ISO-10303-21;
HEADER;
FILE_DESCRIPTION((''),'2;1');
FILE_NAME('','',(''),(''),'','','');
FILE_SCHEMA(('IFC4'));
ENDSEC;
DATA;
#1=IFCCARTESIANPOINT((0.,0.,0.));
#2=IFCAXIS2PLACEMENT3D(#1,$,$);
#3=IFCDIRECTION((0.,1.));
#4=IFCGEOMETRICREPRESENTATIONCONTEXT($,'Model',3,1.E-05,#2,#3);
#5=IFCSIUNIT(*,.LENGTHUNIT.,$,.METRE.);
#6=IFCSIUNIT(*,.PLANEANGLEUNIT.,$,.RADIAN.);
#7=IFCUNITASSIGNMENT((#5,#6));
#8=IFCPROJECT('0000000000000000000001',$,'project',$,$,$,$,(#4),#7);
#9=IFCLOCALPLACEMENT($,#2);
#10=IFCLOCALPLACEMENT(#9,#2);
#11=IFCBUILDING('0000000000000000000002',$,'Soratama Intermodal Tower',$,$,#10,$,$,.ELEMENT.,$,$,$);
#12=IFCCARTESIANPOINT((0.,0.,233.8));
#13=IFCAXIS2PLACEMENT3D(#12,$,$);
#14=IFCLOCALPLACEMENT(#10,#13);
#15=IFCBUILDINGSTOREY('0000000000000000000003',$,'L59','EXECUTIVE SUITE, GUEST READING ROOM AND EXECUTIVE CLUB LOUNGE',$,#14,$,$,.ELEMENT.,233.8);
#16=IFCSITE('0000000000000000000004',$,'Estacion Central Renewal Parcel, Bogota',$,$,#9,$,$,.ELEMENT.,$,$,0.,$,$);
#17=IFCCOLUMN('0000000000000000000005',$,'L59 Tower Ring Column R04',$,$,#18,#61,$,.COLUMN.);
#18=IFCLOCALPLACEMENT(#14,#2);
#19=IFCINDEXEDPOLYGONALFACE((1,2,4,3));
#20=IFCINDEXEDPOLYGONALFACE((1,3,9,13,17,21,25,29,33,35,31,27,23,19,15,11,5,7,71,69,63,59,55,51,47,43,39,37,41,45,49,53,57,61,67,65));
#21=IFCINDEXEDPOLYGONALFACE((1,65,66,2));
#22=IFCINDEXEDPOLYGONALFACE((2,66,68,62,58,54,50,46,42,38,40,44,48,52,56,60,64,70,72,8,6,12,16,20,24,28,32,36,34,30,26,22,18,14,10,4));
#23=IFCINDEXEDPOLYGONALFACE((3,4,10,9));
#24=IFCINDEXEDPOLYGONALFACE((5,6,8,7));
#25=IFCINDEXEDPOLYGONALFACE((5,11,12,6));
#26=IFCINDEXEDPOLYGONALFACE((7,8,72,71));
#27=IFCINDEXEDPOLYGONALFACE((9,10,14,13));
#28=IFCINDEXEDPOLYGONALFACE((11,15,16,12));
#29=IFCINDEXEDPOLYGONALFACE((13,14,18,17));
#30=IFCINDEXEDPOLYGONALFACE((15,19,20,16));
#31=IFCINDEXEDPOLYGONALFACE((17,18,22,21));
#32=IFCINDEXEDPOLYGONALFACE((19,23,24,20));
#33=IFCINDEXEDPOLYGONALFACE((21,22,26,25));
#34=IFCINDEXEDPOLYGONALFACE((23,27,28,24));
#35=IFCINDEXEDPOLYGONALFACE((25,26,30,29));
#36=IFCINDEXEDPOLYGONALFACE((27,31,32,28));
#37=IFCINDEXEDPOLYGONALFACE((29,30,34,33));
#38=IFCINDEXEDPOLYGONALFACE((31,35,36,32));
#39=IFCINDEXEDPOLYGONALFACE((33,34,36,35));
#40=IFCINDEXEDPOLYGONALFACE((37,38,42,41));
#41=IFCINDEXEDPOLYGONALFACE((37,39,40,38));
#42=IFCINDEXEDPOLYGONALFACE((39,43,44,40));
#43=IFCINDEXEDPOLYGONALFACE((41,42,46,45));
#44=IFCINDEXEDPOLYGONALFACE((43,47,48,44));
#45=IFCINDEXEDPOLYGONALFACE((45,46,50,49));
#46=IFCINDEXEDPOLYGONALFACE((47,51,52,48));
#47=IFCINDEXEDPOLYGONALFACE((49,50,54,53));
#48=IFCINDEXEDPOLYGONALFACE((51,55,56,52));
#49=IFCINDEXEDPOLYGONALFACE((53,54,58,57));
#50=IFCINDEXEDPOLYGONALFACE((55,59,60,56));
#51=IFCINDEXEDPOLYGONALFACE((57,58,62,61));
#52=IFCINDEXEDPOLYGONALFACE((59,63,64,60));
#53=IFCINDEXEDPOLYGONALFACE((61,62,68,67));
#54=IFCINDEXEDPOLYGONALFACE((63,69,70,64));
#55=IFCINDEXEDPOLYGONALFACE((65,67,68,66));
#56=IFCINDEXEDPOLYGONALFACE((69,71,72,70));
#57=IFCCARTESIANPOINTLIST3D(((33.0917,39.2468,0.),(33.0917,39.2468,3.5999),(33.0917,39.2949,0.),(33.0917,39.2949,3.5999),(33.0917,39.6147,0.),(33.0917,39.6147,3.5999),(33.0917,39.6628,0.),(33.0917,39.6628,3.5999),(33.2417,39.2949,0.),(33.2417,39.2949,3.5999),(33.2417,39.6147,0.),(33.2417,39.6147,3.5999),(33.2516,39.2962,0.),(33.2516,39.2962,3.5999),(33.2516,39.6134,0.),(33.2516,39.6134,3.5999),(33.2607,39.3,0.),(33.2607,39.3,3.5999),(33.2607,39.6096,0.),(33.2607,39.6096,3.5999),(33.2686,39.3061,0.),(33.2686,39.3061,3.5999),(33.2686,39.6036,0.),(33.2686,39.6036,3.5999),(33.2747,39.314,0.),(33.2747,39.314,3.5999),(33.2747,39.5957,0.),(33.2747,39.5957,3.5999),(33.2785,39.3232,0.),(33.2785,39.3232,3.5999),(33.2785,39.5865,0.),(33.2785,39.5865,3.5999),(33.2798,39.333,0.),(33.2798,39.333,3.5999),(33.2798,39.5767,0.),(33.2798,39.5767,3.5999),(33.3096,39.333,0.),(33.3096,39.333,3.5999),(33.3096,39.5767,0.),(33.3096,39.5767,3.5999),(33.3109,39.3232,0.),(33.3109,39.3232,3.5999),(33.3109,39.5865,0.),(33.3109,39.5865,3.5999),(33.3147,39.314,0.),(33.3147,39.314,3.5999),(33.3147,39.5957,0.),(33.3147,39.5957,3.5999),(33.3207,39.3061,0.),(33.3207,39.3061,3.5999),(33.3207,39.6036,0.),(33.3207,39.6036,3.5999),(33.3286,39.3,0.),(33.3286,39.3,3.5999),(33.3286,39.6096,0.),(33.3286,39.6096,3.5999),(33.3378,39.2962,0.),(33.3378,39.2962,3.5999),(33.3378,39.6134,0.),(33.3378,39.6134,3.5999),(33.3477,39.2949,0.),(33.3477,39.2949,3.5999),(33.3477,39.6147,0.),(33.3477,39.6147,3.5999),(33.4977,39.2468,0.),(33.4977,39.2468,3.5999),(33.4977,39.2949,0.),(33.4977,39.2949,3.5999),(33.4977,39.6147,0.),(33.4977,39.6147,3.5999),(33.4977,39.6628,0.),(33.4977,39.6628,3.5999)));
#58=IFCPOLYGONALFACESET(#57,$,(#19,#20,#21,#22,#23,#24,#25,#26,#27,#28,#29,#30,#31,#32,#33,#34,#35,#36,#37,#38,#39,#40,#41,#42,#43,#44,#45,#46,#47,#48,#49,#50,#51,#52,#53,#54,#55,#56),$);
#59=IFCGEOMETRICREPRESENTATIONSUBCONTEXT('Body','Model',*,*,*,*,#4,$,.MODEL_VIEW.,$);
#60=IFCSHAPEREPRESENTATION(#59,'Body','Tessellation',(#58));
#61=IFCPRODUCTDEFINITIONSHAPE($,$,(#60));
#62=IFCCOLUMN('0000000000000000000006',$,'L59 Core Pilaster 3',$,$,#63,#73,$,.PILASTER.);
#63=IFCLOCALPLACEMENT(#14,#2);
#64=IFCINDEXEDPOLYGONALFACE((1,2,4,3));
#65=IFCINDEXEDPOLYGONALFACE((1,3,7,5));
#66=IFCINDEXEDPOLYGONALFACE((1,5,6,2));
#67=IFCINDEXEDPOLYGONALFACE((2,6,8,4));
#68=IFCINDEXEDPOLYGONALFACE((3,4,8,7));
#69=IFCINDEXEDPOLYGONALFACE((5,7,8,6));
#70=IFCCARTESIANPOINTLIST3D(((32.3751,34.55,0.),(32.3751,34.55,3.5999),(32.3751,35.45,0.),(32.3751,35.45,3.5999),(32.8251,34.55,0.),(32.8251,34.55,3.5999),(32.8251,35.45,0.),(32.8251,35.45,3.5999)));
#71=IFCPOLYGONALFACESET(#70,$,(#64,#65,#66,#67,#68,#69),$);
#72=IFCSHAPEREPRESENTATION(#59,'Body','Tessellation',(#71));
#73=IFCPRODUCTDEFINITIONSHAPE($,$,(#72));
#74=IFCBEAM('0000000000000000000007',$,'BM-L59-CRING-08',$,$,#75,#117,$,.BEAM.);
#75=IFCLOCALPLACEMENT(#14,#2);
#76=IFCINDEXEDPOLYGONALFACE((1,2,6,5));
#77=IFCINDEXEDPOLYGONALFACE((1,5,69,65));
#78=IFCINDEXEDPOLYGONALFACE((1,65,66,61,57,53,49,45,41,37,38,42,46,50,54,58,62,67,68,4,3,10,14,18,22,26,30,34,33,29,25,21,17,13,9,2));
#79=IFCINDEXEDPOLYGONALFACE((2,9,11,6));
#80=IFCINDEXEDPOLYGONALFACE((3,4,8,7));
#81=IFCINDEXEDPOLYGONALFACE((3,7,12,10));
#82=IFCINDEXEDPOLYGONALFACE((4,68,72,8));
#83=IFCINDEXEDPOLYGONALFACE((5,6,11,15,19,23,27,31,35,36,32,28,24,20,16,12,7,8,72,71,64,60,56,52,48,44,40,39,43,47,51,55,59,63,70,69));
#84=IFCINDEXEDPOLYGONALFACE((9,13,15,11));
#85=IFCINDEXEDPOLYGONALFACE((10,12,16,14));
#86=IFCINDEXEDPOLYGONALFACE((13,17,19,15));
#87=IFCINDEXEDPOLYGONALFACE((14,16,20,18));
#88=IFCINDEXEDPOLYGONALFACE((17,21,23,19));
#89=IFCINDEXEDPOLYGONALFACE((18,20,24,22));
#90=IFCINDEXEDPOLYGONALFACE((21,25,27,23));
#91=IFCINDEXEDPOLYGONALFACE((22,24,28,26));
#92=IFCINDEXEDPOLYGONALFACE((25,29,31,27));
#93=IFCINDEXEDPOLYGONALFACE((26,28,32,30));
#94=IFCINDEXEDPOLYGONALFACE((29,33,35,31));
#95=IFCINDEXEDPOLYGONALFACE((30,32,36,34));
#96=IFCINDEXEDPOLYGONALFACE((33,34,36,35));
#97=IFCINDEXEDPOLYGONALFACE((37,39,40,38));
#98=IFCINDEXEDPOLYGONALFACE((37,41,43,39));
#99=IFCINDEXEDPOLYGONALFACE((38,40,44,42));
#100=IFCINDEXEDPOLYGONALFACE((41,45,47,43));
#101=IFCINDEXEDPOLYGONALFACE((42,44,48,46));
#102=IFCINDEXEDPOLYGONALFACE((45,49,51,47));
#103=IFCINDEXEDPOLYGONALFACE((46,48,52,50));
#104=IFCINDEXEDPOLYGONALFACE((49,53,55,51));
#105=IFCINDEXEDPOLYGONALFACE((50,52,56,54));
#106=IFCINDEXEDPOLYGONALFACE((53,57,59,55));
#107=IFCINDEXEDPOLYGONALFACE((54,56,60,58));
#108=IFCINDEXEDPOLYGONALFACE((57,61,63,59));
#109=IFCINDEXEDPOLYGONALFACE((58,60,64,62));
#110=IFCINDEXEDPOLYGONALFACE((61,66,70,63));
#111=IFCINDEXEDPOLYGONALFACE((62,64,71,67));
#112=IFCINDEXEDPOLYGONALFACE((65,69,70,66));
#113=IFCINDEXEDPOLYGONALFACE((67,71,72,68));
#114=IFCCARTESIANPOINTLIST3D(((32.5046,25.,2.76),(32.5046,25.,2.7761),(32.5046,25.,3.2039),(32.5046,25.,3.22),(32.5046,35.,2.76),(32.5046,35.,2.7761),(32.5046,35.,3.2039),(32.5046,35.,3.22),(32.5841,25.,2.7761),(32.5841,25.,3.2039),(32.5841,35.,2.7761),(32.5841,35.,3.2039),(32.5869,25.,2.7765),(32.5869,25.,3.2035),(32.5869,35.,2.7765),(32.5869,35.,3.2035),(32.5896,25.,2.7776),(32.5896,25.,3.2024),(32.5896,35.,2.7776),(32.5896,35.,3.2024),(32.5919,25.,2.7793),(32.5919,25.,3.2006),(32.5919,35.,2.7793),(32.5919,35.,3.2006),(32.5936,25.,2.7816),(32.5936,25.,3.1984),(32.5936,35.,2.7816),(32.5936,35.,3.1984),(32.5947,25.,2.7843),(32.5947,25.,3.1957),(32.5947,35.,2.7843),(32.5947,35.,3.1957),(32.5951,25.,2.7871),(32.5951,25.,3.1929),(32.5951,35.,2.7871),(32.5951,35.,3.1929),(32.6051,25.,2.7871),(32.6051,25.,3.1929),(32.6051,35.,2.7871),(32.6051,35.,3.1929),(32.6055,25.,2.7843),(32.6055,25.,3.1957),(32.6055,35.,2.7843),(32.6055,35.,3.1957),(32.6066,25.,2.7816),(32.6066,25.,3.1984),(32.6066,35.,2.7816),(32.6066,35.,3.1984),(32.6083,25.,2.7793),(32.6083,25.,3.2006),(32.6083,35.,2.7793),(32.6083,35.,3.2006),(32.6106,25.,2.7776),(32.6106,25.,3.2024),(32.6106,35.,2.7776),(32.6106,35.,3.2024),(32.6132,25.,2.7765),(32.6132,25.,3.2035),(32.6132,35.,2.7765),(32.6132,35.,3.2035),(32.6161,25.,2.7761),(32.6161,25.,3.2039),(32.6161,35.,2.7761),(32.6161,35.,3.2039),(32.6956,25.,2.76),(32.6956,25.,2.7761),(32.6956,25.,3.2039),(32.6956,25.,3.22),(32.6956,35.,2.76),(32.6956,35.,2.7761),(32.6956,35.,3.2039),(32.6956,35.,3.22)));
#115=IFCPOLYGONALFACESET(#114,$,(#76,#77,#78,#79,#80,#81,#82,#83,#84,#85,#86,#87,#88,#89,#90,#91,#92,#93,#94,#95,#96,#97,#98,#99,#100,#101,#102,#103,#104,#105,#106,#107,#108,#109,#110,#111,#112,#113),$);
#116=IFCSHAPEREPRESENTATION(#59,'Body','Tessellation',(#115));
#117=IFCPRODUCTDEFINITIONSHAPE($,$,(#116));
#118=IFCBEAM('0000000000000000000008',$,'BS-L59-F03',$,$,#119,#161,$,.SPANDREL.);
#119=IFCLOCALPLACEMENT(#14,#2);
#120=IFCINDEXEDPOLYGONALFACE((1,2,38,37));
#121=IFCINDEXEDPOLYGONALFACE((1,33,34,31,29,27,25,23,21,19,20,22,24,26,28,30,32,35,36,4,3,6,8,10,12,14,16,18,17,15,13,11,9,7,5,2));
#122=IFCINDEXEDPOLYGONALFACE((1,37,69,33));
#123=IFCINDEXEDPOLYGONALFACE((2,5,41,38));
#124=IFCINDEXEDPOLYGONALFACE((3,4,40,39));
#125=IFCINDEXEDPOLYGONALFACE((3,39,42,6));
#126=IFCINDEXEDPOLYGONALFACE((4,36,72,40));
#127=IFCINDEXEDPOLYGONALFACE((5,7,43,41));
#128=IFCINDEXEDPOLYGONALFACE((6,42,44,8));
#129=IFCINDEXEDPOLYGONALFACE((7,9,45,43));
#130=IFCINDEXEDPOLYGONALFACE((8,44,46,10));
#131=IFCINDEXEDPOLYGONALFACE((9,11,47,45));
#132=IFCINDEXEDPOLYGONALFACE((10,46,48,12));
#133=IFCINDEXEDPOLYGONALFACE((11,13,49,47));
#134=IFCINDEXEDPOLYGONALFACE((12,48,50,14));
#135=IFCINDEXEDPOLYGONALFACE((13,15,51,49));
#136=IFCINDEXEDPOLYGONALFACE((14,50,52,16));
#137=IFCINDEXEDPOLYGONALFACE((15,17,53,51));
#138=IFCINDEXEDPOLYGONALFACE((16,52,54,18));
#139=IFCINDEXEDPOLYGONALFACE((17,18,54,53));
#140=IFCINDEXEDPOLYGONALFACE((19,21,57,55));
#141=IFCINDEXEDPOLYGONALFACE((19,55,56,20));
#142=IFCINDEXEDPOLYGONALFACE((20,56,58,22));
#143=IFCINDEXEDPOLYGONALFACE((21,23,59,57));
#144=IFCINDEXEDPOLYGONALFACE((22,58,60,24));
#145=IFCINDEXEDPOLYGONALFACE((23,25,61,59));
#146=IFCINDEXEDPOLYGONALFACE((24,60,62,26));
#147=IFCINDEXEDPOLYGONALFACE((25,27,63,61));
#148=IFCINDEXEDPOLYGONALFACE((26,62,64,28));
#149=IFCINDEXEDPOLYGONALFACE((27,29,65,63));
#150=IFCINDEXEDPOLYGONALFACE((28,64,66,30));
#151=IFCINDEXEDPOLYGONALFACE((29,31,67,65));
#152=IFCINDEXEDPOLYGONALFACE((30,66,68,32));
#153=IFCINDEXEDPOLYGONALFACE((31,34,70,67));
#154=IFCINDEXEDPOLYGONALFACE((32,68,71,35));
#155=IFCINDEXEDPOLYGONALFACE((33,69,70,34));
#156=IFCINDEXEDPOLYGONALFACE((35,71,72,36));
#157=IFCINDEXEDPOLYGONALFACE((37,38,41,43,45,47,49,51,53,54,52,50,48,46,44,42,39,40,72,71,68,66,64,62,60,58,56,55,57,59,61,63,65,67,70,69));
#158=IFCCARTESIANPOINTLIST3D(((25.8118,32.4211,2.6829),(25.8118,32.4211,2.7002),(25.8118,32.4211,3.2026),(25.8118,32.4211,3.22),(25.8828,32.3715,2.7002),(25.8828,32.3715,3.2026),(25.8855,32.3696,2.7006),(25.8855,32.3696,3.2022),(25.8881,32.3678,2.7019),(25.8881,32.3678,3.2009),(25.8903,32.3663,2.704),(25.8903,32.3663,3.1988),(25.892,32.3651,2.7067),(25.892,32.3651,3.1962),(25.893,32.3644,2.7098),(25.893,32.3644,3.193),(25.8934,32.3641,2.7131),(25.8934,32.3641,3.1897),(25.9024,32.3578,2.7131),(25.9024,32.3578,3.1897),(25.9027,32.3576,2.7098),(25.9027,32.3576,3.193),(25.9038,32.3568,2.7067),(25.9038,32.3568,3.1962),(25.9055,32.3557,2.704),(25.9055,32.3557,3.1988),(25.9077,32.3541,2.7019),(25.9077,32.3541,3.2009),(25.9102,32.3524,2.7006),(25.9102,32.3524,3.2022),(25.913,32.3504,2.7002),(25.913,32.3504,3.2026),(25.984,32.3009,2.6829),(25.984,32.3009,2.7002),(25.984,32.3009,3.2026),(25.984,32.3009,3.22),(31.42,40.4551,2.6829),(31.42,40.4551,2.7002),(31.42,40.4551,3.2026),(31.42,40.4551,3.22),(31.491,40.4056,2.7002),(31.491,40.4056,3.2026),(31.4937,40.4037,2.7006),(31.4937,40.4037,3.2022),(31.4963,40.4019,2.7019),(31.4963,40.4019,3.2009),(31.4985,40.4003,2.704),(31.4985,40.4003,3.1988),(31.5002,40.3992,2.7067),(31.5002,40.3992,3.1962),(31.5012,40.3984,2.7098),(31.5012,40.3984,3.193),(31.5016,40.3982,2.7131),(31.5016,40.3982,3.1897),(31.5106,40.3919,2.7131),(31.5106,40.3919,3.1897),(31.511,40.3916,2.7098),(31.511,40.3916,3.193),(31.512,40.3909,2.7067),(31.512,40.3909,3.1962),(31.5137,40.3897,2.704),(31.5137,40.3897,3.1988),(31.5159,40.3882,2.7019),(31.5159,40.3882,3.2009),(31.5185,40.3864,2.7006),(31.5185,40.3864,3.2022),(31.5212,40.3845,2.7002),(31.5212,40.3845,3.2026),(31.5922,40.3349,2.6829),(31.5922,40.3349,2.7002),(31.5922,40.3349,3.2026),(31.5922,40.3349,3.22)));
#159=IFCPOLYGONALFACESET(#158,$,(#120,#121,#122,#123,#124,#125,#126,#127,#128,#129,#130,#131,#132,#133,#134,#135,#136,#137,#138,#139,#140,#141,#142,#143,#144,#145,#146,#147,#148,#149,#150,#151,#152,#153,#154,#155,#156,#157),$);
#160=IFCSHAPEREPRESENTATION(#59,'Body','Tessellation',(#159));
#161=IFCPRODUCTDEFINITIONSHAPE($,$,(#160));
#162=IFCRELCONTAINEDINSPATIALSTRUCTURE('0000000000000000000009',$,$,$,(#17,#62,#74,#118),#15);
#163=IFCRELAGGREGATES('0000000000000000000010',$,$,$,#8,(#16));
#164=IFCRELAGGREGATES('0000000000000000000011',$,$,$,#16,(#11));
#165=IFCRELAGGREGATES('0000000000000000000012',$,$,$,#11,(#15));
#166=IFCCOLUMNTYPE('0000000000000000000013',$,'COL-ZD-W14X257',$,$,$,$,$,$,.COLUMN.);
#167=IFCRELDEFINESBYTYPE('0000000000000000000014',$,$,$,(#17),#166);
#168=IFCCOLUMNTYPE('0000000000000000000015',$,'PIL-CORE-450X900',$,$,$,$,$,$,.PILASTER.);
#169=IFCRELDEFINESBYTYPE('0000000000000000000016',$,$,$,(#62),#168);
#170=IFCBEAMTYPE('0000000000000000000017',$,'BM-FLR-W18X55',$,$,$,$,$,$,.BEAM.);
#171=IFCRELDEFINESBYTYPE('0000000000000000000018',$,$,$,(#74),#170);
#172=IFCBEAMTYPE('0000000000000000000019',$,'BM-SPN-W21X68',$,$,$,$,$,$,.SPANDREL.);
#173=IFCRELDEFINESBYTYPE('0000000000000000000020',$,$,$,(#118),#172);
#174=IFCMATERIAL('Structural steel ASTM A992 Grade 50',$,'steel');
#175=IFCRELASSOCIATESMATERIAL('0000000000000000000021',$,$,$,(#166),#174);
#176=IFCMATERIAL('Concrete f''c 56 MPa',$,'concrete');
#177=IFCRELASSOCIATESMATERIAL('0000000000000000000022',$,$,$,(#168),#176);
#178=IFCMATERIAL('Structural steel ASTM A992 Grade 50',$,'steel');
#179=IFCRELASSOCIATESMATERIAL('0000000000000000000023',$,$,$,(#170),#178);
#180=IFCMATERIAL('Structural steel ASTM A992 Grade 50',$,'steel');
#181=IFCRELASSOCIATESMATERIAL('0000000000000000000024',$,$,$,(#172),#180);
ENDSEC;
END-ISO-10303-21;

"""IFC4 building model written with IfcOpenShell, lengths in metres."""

from ifc_helpers import new_model, si_unit, direction, frame, origin, origin_2d, place, context, subcontext, project, spatial, rectangle, i_section, extrude, material, material_profile, profile_set, type_object, element, save


model = new_model("IFC4")

# Units and contexts
model_context = context("Model", 3, precision=1e-05, world=origin(), true_north=direction((0.0, 1.0)))
body_context = subcontext(model_context, "Body", "Model", "MODEL_VIEW")
ifc_project = project(units=[si_unit("LENGTHUNIT", "METRE"), si_unit("PLANEANGLEUNIT", "RADIAN")], contexts=[model_context])

# Site, building, storey
site_placement = place(None, origin())
site = spatial("IfcSite", under=ifc_project, at=site_placement, Name="Estacion Central Renewal Parcel, Bogota", CompositionType="ELEMENT", RefElevation=0.0)
building_placement = place(site_placement, origin())
building = spatial("IfcBuilding", under=site, at=building_placement, Name="Soratama Intermodal Tower", CompositionType="ELEMENT")
storey_placement = place(building_placement, frame((0.0, 0.0, 233.8)))
storey = spatial("IfcBuildingStorey", under=building, at=storey_placement, Name="L59", Description="EXECUTIVE SUITE, GUEST READING ROOM AND EXECUTIVE CLUB LOUNGE", CompositionType="ELEMENT", Elevation=233.8)

# Columns
ifc_material_1 = material(Name="Structural steel ASTM A992 Grade 50", Category="steel")
ifc_material_profile_1 = material_profile(ifc_material_1, i_section(OverallWidth=0.406, OverallDepth=0.416, WebThickness=0.0298, FlangeThickness=0.0481, FilletRadius=0.0381, at=origin_2d()), Name="W14X257")
ifc_profile_set_1 = profile_set([ifc_material_profile_1], Name="Structural steel ASTM A992 Grade 50")
column_type_1 = type_object("IfcColumnType", Name="COL-ZD-W14X257", PredefinedType="COLUMN", material=ifc_profile_set_1)
column_1_placement = place(storey_placement, frame((33.2947, 39.4548, 0.0), z_axis=(0.0, 0.0, 1.0), x_axis=(1.0, 0.0, 0.0)))
element("IfcColumn", 1, at=column_1_placement, inside=storey, type_object=column_type_1, Name="L59 Tower Ring Column R04", PredefinedType="COLUMN", context=body_context, shape_type="SweptSolid", body=[
    extrude(i_section(OverallWidth=0.406, OverallDepth=0.416, WebThickness=0.0298, FlangeThickness=0.0481, FilletRadius=0.0381, at=origin_2d()), origin(), (0.0, 0.0, 1.0), 3.5999),
])
ifc_material_2 = material(Name="Concrete f'c 56 MPa", Category="concrete")
ifc_material_profile_2 = material_profile(ifc_material_2, rectangle(XDim=0.45, YDim=0.8999, at=origin_2d()), Name="RC450X900")
ifc_profile_set_2 = profile_set([ifc_material_profile_2], Name="Concrete f'c 56 MPa")
column_type_2 = type_object("IfcColumnType", Name="PIL-CORE-450X900", PredefinedType="PILASTER", material=ifc_profile_set_2)
column_2_placement = place(storey_placement, frame((32.6001, 35.0, 0.0), z_axis=(0.0, 0.0, 1.0), x_axis=(1.0, 0.0, 0.0)))
element("IfcColumn", 2, at=column_2_placement, inside=storey, type_object=column_type_2, Name="L59 Core Pilaster 3", PredefinedType="PILASTER", context=body_context, shape_type="SweptSolid", body=[
    extrude(rectangle(XDim=0.45, YDim=0.8999, at=origin_2d()), origin(), (0.0, 0.0, 1.0), 3.5999),
])

# Beams
ifc_material_3 = material(Name="Structural steel ASTM A992 Grade 50", Category="steel")
ifc_material_profile_3 = material_profile(ifc_material_3, i_section(OverallWidth=0.1909, OverallDepth=0.46, WebThickness=0.01, FlangeThickness=0.0161, FilletRadius=0.011, at=origin_2d()), Name="W18X55")
ifc_profile_set_3 = profile_set([ifc_material_profile_3], Name="Structural steel ASTM A992 Grade 50")
beam_type_1 = type_object("IfcBeamType", Name="BM-FLR-W18X55", PredefinedType="BEAM", material=ifc_profile_set_3)
beam_1_placement = place(storey_placement, frame((32.6001, 35.0, 2.99), z_axis=(0.0, -1.0, 0.0), x_axis=(1.0, 0.0, 0.0)))
element("IfcBeam", 3, at=beam_1_placement, inside=storey, type_object=beam_type_1, Name="BM-L59-CRING-08", PredefinedType="BEAM", context=body_context, shape_type="SweptSolid", body=[
    extrude(i_section(OverallWidth=0.1909, OverallDepth=0.46, WebThickness=0.01, FlangeThickness=0.0161, FilletRadius=0.011, at=origin_2d()), origin(), (0.0, 0.0, 1.0), 10.0),
])
ifc_material_4 = material(Name="Structural steel ASTM A992 Grade 50", Category="steel")
ifc_material_profile_4 = material_profile(ifc_material_4, i_section(OverallWidth=0.21, OverallDepth=0.5371, WebThickness=0.011, FlangeThickness=0.0173, FilletRadius=0.0129, at=origin_2d()), Name="W21X68")
ifc_profile_set_4 = profile_set([ifc_material_profile_4], Name="Structural steel ASTM A992 Grade 50")
beam_type_2 = type_object("IfcBeamType", Name="BM-SPN-W21X68", PredefinedType="SPANDREL", material=ifc_profile_set_4)
beam_2_placement = place(storey_placement, frame((31.5061, 40.395, 2.9514), z_axis=(-0.572393, -0.819979, 0.0), x_axis=(0.819979, -0.572393, 0.0)))
element("IfcBeam", 4, at=beam_2_placement, inside=storey, type_object=beam_type_2, Name="BS-L59-F03", PredefinedType="SPANDREL", context=body_context, shape_type="SweptSolid", body=[
    extrude(i_section(OverallWidth=0.21, OverallDepth=0.5371, WebThickness=0.011, FlangeThickness=0.0173, FilletRadius=0.0129, at=origin_2d()), origin(), (0.0, 0.0, 1.0), 9.7979),
])

save(model, "model.ifc")
